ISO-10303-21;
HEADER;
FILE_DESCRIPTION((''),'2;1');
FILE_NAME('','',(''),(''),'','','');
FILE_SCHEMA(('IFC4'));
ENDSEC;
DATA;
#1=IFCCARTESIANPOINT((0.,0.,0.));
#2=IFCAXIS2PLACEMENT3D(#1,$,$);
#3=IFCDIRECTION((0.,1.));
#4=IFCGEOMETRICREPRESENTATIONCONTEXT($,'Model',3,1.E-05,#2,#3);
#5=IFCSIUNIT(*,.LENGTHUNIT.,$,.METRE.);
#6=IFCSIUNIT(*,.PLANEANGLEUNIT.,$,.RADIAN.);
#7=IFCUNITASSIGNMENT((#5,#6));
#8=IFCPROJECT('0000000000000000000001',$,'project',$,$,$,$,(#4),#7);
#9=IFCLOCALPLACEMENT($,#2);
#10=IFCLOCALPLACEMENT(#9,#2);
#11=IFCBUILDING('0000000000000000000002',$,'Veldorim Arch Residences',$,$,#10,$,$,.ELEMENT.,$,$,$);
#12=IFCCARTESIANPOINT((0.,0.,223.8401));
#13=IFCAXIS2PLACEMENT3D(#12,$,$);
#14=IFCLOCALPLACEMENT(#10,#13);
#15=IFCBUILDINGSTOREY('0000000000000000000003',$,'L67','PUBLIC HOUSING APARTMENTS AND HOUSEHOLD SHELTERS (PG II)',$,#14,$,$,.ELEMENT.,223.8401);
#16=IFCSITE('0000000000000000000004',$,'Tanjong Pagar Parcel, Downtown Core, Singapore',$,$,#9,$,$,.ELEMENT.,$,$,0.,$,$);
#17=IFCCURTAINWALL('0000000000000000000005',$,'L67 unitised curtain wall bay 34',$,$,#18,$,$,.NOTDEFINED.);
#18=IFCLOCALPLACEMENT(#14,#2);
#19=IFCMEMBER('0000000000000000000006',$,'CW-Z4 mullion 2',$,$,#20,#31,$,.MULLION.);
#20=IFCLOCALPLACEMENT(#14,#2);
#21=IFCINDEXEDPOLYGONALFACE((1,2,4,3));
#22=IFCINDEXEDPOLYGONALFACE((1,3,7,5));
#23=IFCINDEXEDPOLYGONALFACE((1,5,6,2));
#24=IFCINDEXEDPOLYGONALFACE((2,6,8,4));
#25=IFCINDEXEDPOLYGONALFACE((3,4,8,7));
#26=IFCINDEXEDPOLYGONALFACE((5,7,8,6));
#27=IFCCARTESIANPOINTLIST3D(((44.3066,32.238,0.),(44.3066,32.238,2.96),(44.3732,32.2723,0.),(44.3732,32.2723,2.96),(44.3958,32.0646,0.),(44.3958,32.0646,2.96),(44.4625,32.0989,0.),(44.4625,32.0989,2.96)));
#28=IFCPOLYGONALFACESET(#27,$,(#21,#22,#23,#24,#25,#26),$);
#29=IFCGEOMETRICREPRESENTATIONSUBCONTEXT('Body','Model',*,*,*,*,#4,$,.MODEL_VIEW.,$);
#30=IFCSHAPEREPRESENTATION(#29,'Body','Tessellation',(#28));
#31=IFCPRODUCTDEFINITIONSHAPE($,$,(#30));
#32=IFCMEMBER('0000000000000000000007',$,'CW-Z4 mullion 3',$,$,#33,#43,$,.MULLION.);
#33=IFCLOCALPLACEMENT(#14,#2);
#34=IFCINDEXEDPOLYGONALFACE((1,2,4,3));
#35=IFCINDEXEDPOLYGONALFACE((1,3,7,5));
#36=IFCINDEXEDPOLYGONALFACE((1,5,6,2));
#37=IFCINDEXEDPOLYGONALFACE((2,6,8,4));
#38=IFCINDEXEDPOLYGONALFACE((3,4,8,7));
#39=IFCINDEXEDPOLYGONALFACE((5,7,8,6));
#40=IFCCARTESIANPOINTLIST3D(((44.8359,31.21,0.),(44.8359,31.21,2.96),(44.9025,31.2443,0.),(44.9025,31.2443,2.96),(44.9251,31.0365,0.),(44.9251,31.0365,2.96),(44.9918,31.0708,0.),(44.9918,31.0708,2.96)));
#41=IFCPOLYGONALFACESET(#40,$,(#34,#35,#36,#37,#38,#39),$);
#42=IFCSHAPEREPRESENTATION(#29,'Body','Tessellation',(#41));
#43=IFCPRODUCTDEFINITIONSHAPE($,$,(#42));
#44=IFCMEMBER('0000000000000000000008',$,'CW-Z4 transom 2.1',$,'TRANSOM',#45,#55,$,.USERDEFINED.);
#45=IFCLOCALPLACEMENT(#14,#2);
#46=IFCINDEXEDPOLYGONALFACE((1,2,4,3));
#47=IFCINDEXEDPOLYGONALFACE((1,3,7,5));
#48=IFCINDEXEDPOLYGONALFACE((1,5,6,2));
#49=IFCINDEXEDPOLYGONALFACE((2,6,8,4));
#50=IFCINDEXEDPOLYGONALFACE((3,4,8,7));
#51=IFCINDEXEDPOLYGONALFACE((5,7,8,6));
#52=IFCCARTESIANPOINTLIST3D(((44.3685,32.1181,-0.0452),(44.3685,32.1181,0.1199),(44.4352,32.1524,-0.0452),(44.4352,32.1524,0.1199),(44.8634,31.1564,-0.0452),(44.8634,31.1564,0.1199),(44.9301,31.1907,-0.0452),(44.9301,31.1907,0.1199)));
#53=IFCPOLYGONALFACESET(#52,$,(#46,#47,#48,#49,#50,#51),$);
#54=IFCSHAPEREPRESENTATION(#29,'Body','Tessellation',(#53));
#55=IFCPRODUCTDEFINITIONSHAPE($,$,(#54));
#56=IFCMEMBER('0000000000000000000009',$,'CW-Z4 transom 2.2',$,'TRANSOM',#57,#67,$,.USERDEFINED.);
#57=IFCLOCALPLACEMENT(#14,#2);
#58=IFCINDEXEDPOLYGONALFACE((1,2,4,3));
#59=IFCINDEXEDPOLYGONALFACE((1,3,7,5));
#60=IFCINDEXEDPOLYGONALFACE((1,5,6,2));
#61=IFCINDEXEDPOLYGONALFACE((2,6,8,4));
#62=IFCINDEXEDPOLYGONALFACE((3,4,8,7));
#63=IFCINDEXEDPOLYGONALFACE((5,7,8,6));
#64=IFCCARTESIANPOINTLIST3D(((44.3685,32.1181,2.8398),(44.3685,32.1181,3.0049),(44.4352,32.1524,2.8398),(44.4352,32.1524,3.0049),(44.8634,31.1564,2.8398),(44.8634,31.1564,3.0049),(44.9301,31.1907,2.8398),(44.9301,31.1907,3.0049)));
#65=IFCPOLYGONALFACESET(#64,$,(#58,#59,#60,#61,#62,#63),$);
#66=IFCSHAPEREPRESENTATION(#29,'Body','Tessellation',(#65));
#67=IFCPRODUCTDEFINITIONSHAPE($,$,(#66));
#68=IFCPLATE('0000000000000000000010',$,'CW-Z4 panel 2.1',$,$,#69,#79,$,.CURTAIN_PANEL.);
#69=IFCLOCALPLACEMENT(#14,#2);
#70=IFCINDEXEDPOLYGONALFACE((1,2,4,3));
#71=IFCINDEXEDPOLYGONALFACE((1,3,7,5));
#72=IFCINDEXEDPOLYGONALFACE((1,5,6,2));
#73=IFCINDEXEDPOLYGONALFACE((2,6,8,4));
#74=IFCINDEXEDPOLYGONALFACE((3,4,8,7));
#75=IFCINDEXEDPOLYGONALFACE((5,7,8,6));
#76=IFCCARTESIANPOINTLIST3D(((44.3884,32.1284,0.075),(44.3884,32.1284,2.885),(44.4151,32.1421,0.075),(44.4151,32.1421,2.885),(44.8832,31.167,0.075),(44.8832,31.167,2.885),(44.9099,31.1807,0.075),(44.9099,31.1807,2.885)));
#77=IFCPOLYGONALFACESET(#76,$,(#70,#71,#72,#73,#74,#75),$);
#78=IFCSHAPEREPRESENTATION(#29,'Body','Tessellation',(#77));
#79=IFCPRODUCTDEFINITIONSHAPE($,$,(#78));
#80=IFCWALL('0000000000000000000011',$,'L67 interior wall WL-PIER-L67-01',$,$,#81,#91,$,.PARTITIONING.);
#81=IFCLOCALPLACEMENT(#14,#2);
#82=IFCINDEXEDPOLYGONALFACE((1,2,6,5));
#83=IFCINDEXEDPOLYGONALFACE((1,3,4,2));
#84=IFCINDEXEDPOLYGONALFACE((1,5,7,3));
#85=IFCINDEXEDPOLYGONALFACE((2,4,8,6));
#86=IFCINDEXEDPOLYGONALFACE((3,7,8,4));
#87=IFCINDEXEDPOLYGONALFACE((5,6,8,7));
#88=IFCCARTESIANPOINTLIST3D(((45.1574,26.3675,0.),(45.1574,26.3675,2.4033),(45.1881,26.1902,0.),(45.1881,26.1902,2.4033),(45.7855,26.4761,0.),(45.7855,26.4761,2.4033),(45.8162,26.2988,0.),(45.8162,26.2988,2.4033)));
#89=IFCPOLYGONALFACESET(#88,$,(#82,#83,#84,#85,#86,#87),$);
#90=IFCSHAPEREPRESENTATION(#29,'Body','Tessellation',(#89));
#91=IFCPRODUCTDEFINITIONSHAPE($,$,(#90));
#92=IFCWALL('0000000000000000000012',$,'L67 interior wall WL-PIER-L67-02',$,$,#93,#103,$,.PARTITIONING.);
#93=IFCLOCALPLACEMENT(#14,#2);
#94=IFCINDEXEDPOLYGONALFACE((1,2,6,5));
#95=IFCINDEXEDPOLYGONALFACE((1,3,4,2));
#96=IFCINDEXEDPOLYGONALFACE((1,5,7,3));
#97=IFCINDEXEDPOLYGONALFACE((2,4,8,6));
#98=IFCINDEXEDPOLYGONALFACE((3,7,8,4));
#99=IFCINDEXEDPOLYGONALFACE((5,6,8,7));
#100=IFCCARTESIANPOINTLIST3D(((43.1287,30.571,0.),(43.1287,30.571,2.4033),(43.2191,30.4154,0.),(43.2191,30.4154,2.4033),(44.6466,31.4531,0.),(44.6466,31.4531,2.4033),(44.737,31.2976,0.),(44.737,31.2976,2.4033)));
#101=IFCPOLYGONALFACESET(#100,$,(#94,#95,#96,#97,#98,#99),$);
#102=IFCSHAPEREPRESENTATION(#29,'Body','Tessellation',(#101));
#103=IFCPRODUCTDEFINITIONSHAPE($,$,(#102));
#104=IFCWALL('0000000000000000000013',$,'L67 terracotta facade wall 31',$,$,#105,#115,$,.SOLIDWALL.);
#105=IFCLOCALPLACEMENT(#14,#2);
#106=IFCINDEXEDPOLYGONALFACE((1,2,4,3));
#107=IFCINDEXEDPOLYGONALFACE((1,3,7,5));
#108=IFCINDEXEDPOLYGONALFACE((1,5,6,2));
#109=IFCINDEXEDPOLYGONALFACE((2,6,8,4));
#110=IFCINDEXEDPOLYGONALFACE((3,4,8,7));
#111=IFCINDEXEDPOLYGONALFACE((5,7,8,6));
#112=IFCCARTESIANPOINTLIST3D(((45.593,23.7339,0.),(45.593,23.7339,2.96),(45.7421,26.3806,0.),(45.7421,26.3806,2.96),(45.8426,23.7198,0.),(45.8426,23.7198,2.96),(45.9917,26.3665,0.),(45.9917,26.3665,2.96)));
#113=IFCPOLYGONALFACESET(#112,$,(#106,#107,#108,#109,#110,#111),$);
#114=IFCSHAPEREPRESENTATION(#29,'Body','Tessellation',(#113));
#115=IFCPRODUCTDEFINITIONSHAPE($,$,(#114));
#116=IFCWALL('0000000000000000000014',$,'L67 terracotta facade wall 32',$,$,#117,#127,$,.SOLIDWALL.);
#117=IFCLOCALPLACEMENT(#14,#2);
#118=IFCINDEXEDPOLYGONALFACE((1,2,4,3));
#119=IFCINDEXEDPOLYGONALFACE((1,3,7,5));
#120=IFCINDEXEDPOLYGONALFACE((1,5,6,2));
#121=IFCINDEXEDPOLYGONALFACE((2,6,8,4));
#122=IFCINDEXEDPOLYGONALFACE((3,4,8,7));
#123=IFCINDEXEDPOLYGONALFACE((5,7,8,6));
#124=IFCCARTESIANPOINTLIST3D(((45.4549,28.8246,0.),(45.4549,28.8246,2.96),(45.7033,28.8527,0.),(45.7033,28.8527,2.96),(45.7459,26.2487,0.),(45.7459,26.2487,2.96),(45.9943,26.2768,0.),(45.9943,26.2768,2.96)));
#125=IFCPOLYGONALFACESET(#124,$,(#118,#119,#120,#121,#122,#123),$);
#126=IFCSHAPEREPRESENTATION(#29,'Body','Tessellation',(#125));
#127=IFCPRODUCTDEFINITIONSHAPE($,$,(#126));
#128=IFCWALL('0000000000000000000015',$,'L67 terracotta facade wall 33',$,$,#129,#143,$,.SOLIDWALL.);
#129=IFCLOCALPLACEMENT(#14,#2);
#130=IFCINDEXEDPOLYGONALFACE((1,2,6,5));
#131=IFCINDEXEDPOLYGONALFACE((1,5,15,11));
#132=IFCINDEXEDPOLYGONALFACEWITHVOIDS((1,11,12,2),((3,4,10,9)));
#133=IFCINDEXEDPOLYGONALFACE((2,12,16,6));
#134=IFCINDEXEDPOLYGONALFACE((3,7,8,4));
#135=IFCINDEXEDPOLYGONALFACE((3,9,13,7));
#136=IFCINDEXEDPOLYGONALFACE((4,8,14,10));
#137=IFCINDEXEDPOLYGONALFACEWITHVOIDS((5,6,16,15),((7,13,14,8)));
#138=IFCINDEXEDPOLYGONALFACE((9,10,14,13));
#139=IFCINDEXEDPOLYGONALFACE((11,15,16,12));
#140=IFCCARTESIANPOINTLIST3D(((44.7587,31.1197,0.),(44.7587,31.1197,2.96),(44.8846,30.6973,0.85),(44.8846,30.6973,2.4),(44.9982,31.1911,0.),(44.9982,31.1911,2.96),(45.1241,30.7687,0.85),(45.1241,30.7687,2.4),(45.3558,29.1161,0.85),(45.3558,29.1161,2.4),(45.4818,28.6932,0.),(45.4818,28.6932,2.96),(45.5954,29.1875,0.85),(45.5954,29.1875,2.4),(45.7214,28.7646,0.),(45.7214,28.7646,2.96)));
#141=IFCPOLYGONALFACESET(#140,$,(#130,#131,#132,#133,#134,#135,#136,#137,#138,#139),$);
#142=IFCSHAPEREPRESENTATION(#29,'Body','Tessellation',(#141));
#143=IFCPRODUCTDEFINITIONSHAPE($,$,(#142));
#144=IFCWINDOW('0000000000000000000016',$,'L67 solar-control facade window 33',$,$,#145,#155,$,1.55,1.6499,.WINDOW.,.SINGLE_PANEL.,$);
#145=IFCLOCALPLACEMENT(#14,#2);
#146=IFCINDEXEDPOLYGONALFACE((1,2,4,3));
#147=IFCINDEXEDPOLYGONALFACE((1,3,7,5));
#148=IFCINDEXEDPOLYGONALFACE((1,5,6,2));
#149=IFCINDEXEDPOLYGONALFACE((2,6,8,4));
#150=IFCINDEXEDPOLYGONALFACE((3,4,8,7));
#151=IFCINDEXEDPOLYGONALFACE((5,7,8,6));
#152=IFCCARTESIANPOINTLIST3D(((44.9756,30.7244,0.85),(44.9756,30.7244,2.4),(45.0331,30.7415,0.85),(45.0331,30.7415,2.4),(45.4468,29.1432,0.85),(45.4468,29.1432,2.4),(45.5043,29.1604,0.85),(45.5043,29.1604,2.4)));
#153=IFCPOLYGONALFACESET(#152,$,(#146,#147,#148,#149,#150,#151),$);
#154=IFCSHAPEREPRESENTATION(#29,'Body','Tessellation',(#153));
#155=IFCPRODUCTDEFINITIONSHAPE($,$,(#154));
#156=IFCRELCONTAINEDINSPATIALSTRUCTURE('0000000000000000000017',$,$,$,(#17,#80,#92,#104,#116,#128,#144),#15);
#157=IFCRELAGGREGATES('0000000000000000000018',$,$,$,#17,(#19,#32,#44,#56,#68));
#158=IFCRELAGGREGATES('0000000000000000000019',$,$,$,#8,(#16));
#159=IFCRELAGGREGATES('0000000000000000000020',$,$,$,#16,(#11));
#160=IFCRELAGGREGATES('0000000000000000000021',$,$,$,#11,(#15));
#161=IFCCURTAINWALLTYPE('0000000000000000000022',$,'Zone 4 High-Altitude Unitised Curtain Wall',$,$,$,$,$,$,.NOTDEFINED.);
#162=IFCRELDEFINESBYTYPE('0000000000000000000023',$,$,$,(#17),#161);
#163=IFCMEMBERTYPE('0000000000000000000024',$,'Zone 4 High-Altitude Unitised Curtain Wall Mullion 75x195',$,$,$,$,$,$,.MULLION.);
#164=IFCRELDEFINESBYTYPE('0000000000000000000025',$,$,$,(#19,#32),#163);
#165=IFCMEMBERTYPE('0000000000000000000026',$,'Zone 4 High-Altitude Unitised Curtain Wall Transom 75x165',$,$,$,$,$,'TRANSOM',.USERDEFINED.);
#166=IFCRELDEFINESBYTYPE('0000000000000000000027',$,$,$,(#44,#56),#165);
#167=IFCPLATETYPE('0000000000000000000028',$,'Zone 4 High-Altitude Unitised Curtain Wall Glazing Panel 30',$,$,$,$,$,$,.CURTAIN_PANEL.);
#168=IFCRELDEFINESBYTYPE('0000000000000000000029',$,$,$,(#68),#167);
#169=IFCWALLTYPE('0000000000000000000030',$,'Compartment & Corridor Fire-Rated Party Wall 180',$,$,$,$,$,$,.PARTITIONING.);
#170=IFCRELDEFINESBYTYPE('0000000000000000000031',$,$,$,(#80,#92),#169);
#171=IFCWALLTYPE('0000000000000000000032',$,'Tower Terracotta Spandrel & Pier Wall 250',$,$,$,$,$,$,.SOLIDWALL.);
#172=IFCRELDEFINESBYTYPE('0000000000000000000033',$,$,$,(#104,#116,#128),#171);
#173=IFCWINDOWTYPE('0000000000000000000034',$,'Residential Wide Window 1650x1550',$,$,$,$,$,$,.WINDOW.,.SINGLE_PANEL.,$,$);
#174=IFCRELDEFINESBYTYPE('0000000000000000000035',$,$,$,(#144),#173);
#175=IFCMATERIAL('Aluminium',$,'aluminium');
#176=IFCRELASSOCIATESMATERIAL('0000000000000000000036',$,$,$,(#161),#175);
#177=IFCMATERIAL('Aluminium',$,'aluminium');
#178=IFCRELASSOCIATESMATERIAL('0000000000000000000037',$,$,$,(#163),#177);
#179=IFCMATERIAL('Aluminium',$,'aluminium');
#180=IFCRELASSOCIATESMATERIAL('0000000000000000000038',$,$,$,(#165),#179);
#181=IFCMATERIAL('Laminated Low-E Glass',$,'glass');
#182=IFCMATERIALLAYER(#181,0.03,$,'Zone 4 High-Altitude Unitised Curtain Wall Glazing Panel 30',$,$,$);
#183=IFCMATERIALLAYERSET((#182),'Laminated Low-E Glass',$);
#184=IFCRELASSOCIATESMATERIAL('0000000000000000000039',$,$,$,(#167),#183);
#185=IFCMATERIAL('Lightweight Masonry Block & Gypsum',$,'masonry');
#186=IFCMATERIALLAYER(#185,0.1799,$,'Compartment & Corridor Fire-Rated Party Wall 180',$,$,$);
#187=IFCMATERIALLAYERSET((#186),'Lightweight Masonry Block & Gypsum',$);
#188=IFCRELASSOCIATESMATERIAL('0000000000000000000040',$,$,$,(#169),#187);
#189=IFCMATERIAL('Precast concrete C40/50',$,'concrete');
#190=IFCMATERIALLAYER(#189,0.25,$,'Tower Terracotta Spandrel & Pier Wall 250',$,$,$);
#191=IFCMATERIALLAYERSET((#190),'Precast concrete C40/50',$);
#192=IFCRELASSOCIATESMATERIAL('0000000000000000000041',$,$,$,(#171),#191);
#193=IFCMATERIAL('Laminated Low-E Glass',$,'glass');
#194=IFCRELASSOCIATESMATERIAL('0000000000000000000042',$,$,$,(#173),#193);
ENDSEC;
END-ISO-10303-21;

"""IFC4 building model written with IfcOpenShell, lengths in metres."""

from ifc_helpers import new_model, si_unit, direction, frame, frame_2d, origin, origin_2d, place, context, subcontext, project, spatial, rectangle, extrude, material, layer, layer_set, material_profile, profile_set, type_object, element, fill, aggregate, save


model = new_model("IFC4")

# Units and contexts
model_context = context("Model", 3, precision=1e-05, world=origin(), true_north=direction((0.0, 1.0)))
body_context = subcontext(model_context, "Body", "Model", "MODEL_VIEW")
ifc_project = project(units=[si_unit("LENGTHUNIT", "METRE"), si_unit("PLANEANGLEUNIT", "RADIAN")], contexts=[model_context])

# Site, building, storey
site_placement = place(None, origin())
site = spatial("IfcSite", under=ifc_project, at=site_placement, Name="Tanjong Pagar Parcel, Downtown Core, Singapore", CompositionType="ELEMENT", RefElevation=0.0)
building_placement = place(site_placement, origin())
building = spatial("IfcBuilding", under=site, at=building_placement, Name="Veldorim Arch Residences", CompositionType="ELEMENT")
storey_placement = place(building_placement, frame((0.0, 0.0, 223.8401)))
storey = spatial("IfcBuildingStorey", under=building, at=storey_placement, Name="L67", Description="PUBLIC HOUSING APARTMENTS AND HOUSEHOLD SHELTERS (PG II)", CompositionType="ELEMENT", Elevation=223.8401)

# Curtain wall, members, plate
ifc_material_1 = material(Name="Aluminium", Category="aluminium")
curtain_wall_type = type_object("IfcCurtainWallType", Name="Zone 4 High-Altitude Unitised Curtain Wall", PredefinedType="NOTDEFINED", material=ifc_material_1)
curtain_wall_placement = place(storey_placement, origin())
curtain_wall = element("IfcCurtainWall", 1, at=curtain_wall_placement, inside=storey, type_object=curtain_wall_type, Name="L67 unitised curtain wall bay 34", PredefinedType="NOTDEFINED")
ifc_material_2 = material(Name="Aluminium", Category="aluminium")
ifc_material_profile_1 = material_profile(ifc_material_2, rectangle(XDim=0.075, YDim=0.1951, at=origin_2d()), Name="ALU_MUL_75x195")
ifc_profile_set_1 = profile_set([ifc_material_profile_1], Name="Aluminium")
member_type_1 = type_object("IfcMemberType", Name="Zone 4 High-Altitude Unitised Curtain Wall Mullion 75x195", PredefinedType="MULLION", material=ifc_profile_set_1)
member_1_placement = place(storey_placement, frame((44.3845, 32.1685, 0.0), z_axis=(0.0, 0.0, 1.0), x_axis=(0.889131, 0.457653, 0.0)))
member_1 = element("IfcMember", 2, at=member_1_placement, type_object=member_type_1, Name="CW-Z4 mullion 2", PredefinedType="MULLION", context=body_context, shape_type="SweptSolid", body=[
    extrude(rectangle(XDim=0.075, YDim=0.1951, at=origin_2d()), origin(), (0.0, 0.0, 1.0), 2.96),
])
member_2_placement = place(storey_placement, frame((44.9138, 31.1404, 0.0), z_axis=(0.0, 0.0, 1.0), x_axis=(0.889131, 0.457653, 0.0)))
member_2 = element("IfcMember", 3, at=member_2_placement, type_object=member_type_1, Name="CW-Z4 mullion 3", PredefinedType="MULLION", context=body_context, shape_type="SweptSolid", body=[
    extrude(rectangle(XDim=0.075, YDim=0.1951, at=origin_2d()), origin(), (0.0, 0.0, 1.0), 2.96),
])
ifc_material_3 = material(Name="Aluminium", Category="aluminium")
ifc_material_profile_2 = material_profile(ifc_material_3, rectangle(XDim=0.075, YDim=0.165, at=origin_2d()), Name="ALU_TRN_75x165")
ifc_profile_set_2 = profile_set([ifc_material_profile_2], Name="Aluminium")
member_type_2 = type_object("IfcMemberType", Name="Zone 4 High-Altitude Unitised Curtain Wall Transom 75x165", ElementType="TRANSOM", PredefinedType="USERDEFINED", material=ifc_profile_set_2)
member_3_placement = place(storey_placement, frame((44.4019, 32.1353, 0.0374), z_axis=(0.457567, -0.889175, 0.0), x_axis=(0.889175, 0.457567, 0.0)))
member_3 = element("IfcMember", 4, at=member_3_placement, type_object=member_type_2, Name="CW-Z4 transom 2.1", ObjectType="TRANSOM", PredefinedType="USERDEFINED", context=body_context, shape_type="SweptSolid", body=[
    extrude(rectangle(XDim=0.075, YDim=0.165, at=origin_2d()), origin(), (0.0, 0.0, 1.0), 1.0815),
])
member_4_placement = place(storey_placement, frame((44.4019, 32.1353, 2.9224), z_axis=(0.457567, -0.889175, 0.0), x_axis=(0.889175, 0.457567, 0.0)))
member_4 = element("IfcMember", 5, at=member_4_placement, type_object=member_type_2, Name="CW-Z4 transom 2.2", ObjectType="TRANSOM", PredefinedType="USERDEFINED", context=body_context, shape_type="SweptSolid", body=[
    extrude(rectangle(XDim=0.075, YDim=0.165, at=origin_2d()), origin(), (0.0, 0.0, 1.0), 1.0815),
])
ifc_material_4 = material(Name="Laminated Low-E Glass", Category="glass")
ifc_layer_1 = layer(ifc_material_4, 0.03, Name="Zone 4 High-Altitude Unitised Curtain Wall Glazing Panel 30")
ifc_layer_set_1 = layer_set([ifc_layer_1], Name="Laminated Low-E Glass")
plate_type = type_object("IfcPlateType", Name="Zone 4 High-Altitude Unitised Curtain Wall Glazing Panel 30", PredefinedType="CURTAIN_PANEL", material=ifc_layer_set_1)
plate_placement = place(storey_placement, frame((44.6492, 31.6545, 0.075), z_axis=(0.0, 0.0, 1.0), x_axis=(0.457653, -0.889131, 0.0)))
plate = element("IfcPlate", 6, at=plate_placement, type_object=plate_type, Name="CW-Z4 panel 2.1", PredefinedType="CURTAIN_PANEL", context=body_context, shape_type="SweptSolid", body=[
    extrude(rectangle(XDim=1.0813, YDim=0.03, at=origin_2d()), origin(), (0.0, 0.0, 1.0), 2.8101),
])
aggregate(curtain_wall, [member_1, member_2, member_3, member_4, plate])

# Walls
ifc_material_5 = material(Name="Lightweight Masonry Block & Gypsum", Category="masonry")
ifc_layer_2 = layer(ifc_material_5, 0.1799, Name="Compartment & Corridor Fire-Rated Party Wall 180")
ifc_layer_set_2 = layer_set([ifc_layer_2], Name="Lightweight Masonry Block & Gypsum")
wall_type_1 = type_object("IfcWallType", Name="Compartment & Corridor Fire-Rated Party Wall 180", PredefinedType="PARTITIONING", material=ifc_layer_set_2)
wall_1_placement = place(storey_placement, frame((45.1726, 26.2788, 0.0), z_axis=(0.0, 0.0, 1.0), x_axis=(0.985372, 0.17042, 0.0)))
element("IfcWall", 7, at=wall_1_placement, inside=storey, type_object=wall_type_1, Name="L67 interior wall WL-PIER-L67-01", PredefinedType="PARTITIONING", context=body_context, shape_type="SweptSolid", body=[
    extrude(rectangle(XDim=0.6375, YDim=0.1799, at=frame_2d((0.3188, 0.0))), origin(), (0.0, 0.0, 1.0), 2.4033),
])
wall_2_placement = place(storey_placement, frame((43.1738, 30.4932, 0.0), z_axis=(0.0, 0.0, 1.0), x_axis=(0.8646, 0.502461, 0.0)))
element("IfcWall", 8, at=wall_2_placement, inside=storey, type_object=wall_type_1, Name="L67 interior wall WL-PIER-L67-02", PredefinedType="PARTITIONING", context=body_context, shape_type="SweptSolid", body=[
    extrude(rectangle(XDim=1.7556, YDim=0.1799, at=frame_2d((0.8779, 0.0))), origin(), (0.0, 0.0, 1.0), 2.4033),
])
ifc_material_6 = material(Name="Precast concrete C40/50", Category="concrete")
ifc_layer_3 = layer(ifc_material_6, 0.25, Name="Tower Terracotta Spandrel & Pier Wall 250")
ifc_layer_set_3 = layer_set([ifc_layer_3], Name="Precast concrete C40/50")
wall_type_2 = type_object("IfcWallType", Name="Tower Terracotta Spandrel & Pier Wall 250", PredefinedType="SOLIDWALL", material=ifc_layer_set_3)
wall_3_placement = place(storey_placement, frame((45.8669, 26.3735, 0.0), z_axis=(0.0, 0.0, 1.0), x_axis=(-0.056271, -0.998416, 0.0)))
element("IfcWall", 9, at=wall_3_placement, inside=storey, type_object=wall_type_2, Name="L67 terracotta facade wall 31", PredefinedType="SOLIDWALL", context=body_context, shape_type="SweptSolid", body=[
    extrude(rectangle(XDim=2.6509, YDim=0.25, at=frame_2d((1.3254, 0.0))), origin(), (0.0, 0.0, 1.0), 2.96),
])
wall_4_placement = place(storey_placement, frame((45.5791, 28.8386, 0.0), z_axis=(0.0, 0.0, 1.0), x_axis=(0.112261, -0.993679, 0.0)))
element("IfcWall", 10, at=wall_4_placement, inside=storey, type_object=wall_type_2, Name="L67 terracotta facade wall 32", PredefinedType="SOLIDWALL", context=body_context, shape_type="SweptSolid", body=[
    extrude(rectangle(XDim=2.5923, YDim=0.25, at=frame_2d((1.2961, 0.0))), origin(), (0.0, 0.0, 1.0), 2.96),
])

# Wall, opening, window
wall_5_placement = place(storey_placement, frame((44.8784, 31.1555, 0.0), z_axis=(0.0, 0.0, 1.0), x_axis=(0.285605, -0.958348, 0.0)))
wall_5 = element("IfcWall", 11, at=wall_5_placement, inside=storey, type_object=wall_type_2, Name="L67 terracotta facade wall 33", PredefinedType="SOLIDWALL", context=body_context, shape_type="SweptSolid", body=[
    extrude(rectangle(XDim=2.532, YDim=0.25, at=frame_2d((1.2661, 0.0))), origin(), (0.0, 0.0, 1.0), 2.96),
])
opening_1_placement = place(wall_5_placement, frame((0.4409, 0.0, 0.8501)))
opening_1 = element("IfcOpeningElement", 12, at=opening_1_placement, cuts=wall_5, PredefinedType="OPENING", context=body_context, shape_type="SweptSolid", body=[
    extrude(rectangle(XDim=1.6499, YDim=1.55, at=frame_2d((0.825, 0.7749))), frame((0.0, 0.135, 0.0), z_axis=(0.0, -1.0, 0.0), x_axis=(1.0, 0.0, 0.0)), (0.0, 0.0, 1.0), 0.27),
])
ifc_material_7 = material(Name="Laminated Low-E Glass", Category="glass")
window_type = type_object("IfcWindowType", Name="Residential Wide Window 1650x1550", PartitioningType="SINGLE_PANEL", PredefinedType="WINDOW", material=ifc_material_7)
window_placement = place(opening_1_placement, origin())
window = element("IfcWindow", 13, at=window_placement, inside=storey, type_object=window_type, Name="L67 solar-control facade window 33", OverallHeight=1.55, OverallWidth=1.6499, PartitioningType="SINGLE_PANEL", PredefinedType="WINDOW", context=body_context, shape_type="SweptSolid", body=[
    extrude(rectangle(XDim=1.6499, YDim=1.55, at=frame_2d((0.825, 0.7749))), frame((0.0, 0.03, 0.0), z_axis=(0.0, -1.0, 0.0), x_axis=(1.0, 0.0, 0.0)), (0.0, 0.0, 1.0), 0.0601),
])
fill(opening_1, window)

save(model, "model.ifc")
